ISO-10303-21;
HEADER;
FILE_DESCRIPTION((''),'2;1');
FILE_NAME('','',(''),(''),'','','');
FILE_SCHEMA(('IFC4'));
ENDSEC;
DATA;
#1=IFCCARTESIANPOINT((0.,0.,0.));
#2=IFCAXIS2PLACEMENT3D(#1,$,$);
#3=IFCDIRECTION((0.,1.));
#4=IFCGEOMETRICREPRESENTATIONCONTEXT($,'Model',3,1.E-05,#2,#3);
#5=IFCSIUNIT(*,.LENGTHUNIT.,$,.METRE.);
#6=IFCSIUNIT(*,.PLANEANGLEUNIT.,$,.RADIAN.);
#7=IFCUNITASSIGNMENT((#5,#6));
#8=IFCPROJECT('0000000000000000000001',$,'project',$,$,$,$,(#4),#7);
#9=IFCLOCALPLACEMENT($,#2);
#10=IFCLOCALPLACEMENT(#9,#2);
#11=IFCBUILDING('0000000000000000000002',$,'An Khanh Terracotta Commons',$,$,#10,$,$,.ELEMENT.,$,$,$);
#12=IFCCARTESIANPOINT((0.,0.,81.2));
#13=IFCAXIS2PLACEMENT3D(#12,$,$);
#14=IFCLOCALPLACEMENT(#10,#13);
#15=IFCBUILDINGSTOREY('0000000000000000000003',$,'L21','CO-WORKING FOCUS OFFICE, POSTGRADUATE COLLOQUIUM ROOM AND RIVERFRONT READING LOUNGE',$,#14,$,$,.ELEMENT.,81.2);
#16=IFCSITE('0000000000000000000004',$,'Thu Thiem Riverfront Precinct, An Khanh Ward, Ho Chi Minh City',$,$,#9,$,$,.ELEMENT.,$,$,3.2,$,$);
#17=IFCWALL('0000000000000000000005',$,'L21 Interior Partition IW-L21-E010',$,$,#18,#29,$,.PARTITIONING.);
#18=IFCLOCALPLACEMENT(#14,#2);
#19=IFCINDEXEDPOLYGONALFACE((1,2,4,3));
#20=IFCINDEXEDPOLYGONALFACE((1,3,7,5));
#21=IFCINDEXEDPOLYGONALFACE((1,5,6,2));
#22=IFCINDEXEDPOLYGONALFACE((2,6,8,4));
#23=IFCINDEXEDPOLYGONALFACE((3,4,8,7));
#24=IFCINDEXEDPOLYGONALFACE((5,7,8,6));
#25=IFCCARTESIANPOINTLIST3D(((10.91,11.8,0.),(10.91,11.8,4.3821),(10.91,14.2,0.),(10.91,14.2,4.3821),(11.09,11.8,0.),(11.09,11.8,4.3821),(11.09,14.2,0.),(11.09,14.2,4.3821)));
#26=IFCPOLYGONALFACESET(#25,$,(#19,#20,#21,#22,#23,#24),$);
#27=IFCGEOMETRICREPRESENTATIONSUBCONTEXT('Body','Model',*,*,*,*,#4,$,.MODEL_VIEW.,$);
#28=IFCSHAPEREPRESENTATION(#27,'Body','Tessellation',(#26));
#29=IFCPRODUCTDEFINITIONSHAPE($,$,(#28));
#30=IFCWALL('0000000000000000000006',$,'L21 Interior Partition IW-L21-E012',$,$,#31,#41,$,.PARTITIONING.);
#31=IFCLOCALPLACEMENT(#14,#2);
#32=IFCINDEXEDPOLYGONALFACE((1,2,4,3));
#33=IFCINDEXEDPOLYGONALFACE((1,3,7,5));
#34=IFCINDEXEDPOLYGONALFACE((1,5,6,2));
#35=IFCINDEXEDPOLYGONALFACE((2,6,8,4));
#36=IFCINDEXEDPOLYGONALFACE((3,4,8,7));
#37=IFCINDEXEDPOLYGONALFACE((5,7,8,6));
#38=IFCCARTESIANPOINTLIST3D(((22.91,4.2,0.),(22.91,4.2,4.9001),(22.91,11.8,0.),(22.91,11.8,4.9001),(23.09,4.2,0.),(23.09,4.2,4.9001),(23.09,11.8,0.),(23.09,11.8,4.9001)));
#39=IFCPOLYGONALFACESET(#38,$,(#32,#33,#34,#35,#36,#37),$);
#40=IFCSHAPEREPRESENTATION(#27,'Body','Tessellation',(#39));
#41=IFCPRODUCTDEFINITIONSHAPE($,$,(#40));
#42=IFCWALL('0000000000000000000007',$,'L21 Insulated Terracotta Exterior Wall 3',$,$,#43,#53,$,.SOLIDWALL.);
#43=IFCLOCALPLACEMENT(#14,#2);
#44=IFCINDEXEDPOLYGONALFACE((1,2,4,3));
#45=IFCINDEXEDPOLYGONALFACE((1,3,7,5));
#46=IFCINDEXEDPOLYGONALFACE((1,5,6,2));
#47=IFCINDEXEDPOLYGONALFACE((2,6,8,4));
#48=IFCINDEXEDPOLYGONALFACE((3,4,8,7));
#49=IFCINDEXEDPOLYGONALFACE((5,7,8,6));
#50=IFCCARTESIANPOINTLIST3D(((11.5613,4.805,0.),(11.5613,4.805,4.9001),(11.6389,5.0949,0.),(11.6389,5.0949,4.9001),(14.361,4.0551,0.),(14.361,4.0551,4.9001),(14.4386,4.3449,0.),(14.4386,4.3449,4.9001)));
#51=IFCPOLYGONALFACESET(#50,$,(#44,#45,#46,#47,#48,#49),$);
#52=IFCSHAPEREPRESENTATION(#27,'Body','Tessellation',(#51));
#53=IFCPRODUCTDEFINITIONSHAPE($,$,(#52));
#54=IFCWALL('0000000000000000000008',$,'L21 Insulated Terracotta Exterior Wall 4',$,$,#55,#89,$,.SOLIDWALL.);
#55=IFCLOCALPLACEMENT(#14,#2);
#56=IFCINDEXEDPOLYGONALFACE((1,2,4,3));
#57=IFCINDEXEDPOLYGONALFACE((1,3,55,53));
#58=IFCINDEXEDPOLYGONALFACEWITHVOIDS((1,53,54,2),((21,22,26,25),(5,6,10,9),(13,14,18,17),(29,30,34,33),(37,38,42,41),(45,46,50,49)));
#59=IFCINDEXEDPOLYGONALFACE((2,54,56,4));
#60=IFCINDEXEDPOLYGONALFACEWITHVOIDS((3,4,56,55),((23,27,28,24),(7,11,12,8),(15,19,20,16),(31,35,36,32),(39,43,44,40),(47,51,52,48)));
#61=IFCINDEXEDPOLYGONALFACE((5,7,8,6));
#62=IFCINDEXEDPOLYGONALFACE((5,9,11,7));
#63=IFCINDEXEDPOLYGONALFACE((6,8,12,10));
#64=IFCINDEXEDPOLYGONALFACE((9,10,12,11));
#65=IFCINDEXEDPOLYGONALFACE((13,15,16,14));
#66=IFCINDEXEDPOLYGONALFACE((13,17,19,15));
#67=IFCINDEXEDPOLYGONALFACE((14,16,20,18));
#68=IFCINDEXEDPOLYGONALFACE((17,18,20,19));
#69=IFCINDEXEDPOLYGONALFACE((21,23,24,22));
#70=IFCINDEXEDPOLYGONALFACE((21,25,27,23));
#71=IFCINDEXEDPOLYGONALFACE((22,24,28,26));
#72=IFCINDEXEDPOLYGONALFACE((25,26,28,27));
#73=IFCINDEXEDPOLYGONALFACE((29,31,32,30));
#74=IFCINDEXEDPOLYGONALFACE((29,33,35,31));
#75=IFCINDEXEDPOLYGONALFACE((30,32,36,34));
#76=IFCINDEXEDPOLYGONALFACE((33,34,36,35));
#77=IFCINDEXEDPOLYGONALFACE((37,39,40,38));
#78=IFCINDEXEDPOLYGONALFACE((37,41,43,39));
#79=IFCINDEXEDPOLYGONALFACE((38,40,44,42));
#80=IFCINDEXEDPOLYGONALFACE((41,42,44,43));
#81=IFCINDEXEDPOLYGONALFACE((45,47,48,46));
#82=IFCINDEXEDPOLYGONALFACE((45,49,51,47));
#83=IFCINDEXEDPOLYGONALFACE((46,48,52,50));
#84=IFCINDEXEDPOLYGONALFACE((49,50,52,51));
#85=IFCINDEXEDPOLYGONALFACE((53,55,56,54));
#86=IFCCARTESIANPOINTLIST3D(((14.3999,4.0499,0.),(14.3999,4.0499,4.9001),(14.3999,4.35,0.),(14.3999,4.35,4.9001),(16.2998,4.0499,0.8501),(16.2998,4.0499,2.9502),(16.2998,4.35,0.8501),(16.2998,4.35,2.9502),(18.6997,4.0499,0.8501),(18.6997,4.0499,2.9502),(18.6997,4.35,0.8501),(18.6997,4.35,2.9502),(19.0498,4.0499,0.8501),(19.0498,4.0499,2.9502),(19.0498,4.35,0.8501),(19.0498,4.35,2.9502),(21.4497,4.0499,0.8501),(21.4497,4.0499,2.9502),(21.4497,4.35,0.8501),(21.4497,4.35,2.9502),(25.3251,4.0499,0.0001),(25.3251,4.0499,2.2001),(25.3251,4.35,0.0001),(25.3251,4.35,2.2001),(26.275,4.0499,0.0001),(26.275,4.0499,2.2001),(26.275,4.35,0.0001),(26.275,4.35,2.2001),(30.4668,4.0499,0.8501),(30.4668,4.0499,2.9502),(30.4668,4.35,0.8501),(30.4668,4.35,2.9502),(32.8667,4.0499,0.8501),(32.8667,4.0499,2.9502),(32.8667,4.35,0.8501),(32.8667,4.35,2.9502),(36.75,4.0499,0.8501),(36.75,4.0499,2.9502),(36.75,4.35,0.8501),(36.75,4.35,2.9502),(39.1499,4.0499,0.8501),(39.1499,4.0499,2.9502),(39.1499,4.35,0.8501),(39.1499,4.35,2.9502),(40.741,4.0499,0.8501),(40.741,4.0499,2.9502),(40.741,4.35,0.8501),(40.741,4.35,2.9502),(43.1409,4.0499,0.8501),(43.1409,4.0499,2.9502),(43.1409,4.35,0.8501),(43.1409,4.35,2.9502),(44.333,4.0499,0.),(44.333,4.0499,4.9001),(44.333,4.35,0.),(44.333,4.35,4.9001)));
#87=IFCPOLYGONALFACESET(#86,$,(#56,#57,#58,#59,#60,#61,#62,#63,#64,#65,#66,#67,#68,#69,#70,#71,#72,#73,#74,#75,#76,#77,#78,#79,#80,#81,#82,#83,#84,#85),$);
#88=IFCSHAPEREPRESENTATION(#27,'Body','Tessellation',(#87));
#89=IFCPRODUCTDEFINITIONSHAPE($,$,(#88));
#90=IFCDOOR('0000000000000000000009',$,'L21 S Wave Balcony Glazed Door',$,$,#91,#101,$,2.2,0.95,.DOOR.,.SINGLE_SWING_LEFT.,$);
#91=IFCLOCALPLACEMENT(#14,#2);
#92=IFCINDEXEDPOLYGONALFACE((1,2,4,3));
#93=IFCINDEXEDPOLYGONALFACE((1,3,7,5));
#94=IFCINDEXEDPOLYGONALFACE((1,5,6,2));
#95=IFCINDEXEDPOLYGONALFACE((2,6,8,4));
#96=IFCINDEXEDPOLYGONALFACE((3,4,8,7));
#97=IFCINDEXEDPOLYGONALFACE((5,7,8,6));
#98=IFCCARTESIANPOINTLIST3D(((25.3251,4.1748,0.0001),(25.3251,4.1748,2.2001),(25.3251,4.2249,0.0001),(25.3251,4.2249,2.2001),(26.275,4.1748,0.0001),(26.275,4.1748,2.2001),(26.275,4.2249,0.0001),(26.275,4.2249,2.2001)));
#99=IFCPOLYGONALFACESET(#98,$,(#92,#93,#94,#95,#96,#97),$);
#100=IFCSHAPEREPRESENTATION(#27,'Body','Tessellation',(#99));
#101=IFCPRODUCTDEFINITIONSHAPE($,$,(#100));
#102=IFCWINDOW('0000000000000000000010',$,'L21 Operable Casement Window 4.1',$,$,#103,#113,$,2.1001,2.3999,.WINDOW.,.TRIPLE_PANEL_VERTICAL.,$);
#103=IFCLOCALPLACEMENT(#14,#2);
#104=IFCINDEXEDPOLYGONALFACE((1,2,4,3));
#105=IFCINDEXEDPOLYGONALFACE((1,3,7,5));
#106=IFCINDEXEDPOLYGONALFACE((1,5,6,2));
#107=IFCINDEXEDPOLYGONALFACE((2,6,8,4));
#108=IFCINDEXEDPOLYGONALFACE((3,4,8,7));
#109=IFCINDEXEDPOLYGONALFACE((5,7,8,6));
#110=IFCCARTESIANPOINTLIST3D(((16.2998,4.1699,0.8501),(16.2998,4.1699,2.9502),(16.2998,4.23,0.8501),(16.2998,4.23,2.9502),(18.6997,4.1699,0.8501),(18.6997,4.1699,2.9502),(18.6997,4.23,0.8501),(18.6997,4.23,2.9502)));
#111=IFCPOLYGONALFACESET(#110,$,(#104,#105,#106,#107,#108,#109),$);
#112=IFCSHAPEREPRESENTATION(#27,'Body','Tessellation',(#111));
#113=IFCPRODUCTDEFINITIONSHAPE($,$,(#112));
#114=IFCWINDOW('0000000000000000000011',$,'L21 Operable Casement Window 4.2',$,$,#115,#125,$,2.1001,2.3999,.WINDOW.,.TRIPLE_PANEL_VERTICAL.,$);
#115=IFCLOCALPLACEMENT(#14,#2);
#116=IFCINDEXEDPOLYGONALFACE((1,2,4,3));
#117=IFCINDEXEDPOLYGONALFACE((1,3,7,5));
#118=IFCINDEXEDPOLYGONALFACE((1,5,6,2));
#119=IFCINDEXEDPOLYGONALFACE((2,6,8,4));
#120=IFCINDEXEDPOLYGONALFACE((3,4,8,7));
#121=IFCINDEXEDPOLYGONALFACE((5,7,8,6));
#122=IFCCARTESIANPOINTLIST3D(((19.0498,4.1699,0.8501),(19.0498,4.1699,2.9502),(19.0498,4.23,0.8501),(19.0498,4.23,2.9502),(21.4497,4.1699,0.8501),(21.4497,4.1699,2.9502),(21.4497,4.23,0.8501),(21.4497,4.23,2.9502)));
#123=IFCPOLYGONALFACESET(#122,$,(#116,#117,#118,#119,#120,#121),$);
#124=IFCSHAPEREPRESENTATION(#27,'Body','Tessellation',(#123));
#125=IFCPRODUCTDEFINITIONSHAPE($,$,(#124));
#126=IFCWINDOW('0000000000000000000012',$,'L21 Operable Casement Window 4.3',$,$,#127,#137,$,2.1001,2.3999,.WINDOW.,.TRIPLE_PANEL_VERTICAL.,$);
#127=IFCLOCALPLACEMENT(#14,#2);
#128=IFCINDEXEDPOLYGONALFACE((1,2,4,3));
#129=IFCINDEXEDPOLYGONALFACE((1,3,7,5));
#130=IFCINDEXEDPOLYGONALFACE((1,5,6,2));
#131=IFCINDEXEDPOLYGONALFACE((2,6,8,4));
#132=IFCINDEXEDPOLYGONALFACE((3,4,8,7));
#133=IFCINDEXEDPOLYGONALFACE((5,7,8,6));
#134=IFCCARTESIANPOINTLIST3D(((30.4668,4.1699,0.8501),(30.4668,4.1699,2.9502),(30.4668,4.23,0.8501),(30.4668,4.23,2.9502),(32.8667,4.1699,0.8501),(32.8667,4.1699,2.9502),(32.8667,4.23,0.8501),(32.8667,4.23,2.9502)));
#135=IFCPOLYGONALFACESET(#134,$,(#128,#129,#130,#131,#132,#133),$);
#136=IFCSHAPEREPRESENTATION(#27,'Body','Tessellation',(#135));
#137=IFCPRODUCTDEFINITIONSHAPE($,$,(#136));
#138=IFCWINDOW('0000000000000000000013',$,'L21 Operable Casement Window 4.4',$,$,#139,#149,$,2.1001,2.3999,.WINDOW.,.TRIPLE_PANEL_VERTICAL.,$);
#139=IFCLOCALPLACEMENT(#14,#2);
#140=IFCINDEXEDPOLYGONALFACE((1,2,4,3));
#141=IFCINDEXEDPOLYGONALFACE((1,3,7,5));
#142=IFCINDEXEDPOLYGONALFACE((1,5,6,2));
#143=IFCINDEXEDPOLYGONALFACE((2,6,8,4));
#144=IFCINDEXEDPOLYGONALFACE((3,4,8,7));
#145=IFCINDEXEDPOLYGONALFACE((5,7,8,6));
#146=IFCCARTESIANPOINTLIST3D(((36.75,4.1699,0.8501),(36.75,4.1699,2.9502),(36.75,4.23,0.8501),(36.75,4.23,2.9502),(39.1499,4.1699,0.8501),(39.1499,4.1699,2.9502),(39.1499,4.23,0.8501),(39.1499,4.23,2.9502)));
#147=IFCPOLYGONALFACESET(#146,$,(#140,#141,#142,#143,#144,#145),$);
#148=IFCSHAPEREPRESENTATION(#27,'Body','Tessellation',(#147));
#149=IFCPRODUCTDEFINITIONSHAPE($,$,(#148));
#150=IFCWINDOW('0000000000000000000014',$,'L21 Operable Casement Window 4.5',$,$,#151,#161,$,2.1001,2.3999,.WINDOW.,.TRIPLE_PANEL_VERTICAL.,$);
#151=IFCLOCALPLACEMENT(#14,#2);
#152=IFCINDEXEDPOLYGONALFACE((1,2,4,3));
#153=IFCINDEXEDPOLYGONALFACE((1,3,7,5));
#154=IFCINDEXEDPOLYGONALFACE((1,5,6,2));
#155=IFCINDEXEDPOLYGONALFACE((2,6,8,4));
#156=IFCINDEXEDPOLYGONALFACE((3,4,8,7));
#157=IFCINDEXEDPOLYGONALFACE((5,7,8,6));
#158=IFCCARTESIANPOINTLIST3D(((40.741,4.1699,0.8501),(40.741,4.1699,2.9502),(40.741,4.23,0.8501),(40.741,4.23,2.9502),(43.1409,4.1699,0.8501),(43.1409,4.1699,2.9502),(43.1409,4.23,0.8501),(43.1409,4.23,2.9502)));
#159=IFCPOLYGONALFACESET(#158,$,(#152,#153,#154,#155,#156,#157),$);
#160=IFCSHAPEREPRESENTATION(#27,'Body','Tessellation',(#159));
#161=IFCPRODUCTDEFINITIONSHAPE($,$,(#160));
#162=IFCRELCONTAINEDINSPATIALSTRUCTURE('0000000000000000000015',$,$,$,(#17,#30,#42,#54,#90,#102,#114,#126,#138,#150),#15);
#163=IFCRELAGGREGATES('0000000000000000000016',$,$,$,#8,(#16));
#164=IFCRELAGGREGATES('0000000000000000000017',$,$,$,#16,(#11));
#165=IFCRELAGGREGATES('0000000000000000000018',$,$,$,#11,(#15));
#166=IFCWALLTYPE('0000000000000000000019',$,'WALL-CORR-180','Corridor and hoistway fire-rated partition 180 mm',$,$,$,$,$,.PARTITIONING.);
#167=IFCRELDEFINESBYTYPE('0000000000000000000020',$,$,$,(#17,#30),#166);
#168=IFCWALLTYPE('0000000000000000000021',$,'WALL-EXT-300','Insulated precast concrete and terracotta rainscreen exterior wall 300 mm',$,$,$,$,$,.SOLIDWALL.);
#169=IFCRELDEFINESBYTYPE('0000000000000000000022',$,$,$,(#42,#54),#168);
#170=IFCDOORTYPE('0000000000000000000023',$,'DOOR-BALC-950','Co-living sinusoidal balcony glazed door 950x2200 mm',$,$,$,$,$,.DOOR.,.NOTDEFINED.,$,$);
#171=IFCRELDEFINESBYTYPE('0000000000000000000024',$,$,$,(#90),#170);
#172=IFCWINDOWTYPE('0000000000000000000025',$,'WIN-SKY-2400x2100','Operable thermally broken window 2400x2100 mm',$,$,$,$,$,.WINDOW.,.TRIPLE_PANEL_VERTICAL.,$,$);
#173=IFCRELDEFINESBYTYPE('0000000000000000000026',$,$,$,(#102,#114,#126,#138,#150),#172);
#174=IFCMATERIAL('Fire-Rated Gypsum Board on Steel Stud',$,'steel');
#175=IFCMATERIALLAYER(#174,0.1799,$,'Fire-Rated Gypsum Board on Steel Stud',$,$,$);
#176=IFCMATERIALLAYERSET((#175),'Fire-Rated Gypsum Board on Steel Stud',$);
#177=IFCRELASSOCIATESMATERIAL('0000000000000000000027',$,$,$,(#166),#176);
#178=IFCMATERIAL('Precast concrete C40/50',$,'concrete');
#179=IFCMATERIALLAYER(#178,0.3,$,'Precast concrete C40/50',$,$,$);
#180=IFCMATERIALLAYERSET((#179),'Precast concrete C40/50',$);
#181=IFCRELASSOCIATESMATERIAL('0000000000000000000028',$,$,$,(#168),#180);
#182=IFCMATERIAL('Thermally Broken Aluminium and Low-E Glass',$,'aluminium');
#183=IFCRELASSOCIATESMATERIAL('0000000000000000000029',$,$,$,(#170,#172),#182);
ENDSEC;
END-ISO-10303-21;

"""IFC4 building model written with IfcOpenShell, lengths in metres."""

from ifc_helpers import new_model, si_unit, direction, frame, frame_2d, origin, place, context, subcontext, project, spatial, rectangle, extrude, material, layer, layer_set, type_object, element, fill, save


model = new_model("IFC4")

# Units and contexts
model_context = context("Model", 3, precision=1e-05, world=origin(), true_north=direction((0.0, 1.0)))
body_context = subcontext(model_context, "Body", "Model", "MODEL_VIEW")
ifc_project = project(units=[si_unit("LENGTHUNIT", "METRE"), si_unit("PLANEANGLEUNIT", "RADIAN")], contexts=[model_context])

# Site, building, storey
site_placement = place(None, origin())
site = spatial("IfcSite", under=ifc_project, at=site_placement, Name="Thu Thiem Riverfront Precinct, An Khanh Ward, Ho Chi Minh City", CompositionType="ELEMENT", RefElevation=3.2)
building_placement = place(site_placement, origin())
building = spatial("IfcBuilding", under=site, at=building_placement, Name="An Khanh Terracotta Commons", CompositionType="ELEMENT")
storey_placement = place(building_placement, frame((0.0, 0.0, 81.2)))
storey = spatial("IfcBuildingStorey", under=building, at=storey_placement, Name="L21", Description="CO-WORKING FOCUS OFFICE, POSTGRADUATE COLLOQUIUM ROOM AND RIVERFRONT READING LOUNGE", CompositionType="ELEMENT", Elevation=81.2)

# Walls
ifc_material_1 = material(Name="Fire-Rated Gypsum Board on Steel Stud", Category="steel")
ifc_layer_1 = layer(ifc_material_1, 0.1799, Name="Fire-Rated Gypsum Board on Steel Stud")
ifc_layer_set_1 = layer_set([ifc_layer_1], Name="Fire-Rated Gypsum Board on Steel Stud")
wall_type_1 = type_object("IfcWallType", Name="WALL-CORR-180", Description="Corridor and hoistway fire-rated partition 180 mm", PredefinedType="PARTITIONING", material=ifc_layer_set_1)
wall_1_placement = place(storey_placement, frame((11.0, 11.8, 0.0), z_axis=(0.0, 0.0, 1.0), x_axis=(0.0, 1.0, 0.0)))
element("IfcWall", 1, at=wall_1_placement, inside=storey, type_object=wall_type_1, Name="L21 Interior Partition IW-L21-E010", PredefinedType="PARTITIONING", context=body_context, shape_type="SweptSolid", body=[
    extrude(rectangle(XDim=2.3999, YDim=0.1799, at=frame_2d((1.2, 0.0))), origin(), (0.0, 0.0, 1.0), 4.3821),
])
wall_2_placement = place(storey_placement, frame((23.0, 4.2, 0.0), z_axis=(0.0, 0.0, 1.0), x_axis=(0.0, 1.0, 0.0)))
element("IfcWall", 2, at=wall_2_placement, inside=storey, type_object=wall_type_1, Name="L21 Interior Partition IW-L21-E012", PredefinedType="PARTITIONING", context=body_context, shape_type="SweptSolid", body=[
    extrude(rectangle(XDim=7.6001, YDim=0.1799, at=frame_2d((3.8, 0.0))), origin(), (0.0, 0.0, 1.0), 4.9001),
])
ifc_material_2 = material(Name="Precast concrete C40/50", Category="concrete")
ifc_layer_2 = layer(ifc_material_2, 0.3, Name="Precast concrete C40/50")
ifc_layer_set_2 = layer_set([ifc_layer_2], Name="Precast concrete C40/50")
wall_type_2 = type_object("IfcWallType", Name="WALL-EXT-300", Description="Insulated precast concrete and terracotta rainscreen exterior wall 300 mm", PredefinedType="SOLIDWALL", material=ifc_layer_set_2)
wall_3_placement = place(storey_placement, frame((11.6001, 4.95, 0.0), z_axis=(0.0, 0.0, 1.0), x_axis=(0.965944, -0.258753, 0.0)))
element("IfcWall", 3, at=wall_3_placement, inside=storey, type_object=wall_type_2, Name="L21 Insulated Terracotta Exterior Wall 3", PredefinedType="SOLIDWALL", context=body_context, shape_type="SweptSolid", body=[
    extrude(rectangle(XDim=2.8984, YDim=0.3, at=frame_2d((1.4492, 0.0))), origin(), (0.0, 0.0, 1.0), 4.9001),
])

# Wall, openings, door, windows
wall_4_placement = place(storey_placement, frame((14.3999, 4.2, 0.0), z_axis=(0.0, 0.0, 1.0), x_axis=(1.0, 0.0, 0.0)))
wall_4 = element("IfcWall", 4, at=wall_4_placement, inside=storey, type_object=wall_type_2, Name="L21 Insulated Terracotta Exterior Wall 4", PredefinedType="SOLIDWALL", context=body_context, shape_type="SweptSolid", body=[
    extrude(rectangle(XDim=29.9331, YDim=0.3, at=frame_2d((14.9666, 0.0))), origin(), (0.0, 0.0, 1.0), 4.9001),
])
opening_1_placement = place(wall_4_placement, frame((10.925, 0.0, 0.0)))
opening_1 = element("IfcOpeningElement", 5, at=opening_1_placement, cuts=wall_4, PredefinedType="OPENING", context=body_context, shape_type="SweptSolid", body=[
    extrude(rectangle(XDim=0.95, YDim=2.2, at=frame_2d((0.4751, 1.1001))), frame((0.0, 0.1599, 0.0), z_axis=(0.0, -1.0, 0.0), x_axis=(1.0, 0.0, 0.0)), (0.0, 0.0, 1.0), 0.3201),
])
opening_2_placement = place(wall_4_placement, frame((1.8999, 0.0, 0.8501)))
opening_2 = element("IfcOpeningElement", 6, at=opening_2_placement, cuts=wall_4, PredefinedType="OPENING", context=body_context, shape_type="SweptSolid", body=[
    extrude(rectangle(XDim=2.3999, YDim=2.1001, at=frame_2d((1.2, 1.05))), frame((0.0, 0.1599, 0.0), z_axis=(0.0, -1.0, 0.0), x_axis=(1.0, 0.0, 0.0)), (0.0, 0.0, 1.0), 0.3201),
])
opening_3_placement = place(wall_4_placement, frame((4.6499, 0.0, 0.8501)))
opening_3 = element("IfcOpeningElement", 7, at=opening_3_placement, cuts=wall_4, PredefinedType="OPENING", context=body_context, shape_type="SweptSolid", body=[
    extrude(rectangle(XDim=2.3999, YDim=2.1001, at=frame_2d((1.2, 1.05))), frame((0.0, 0.1599, 0.0), z_axis=(0.0, -1.0, 0.0), x_axis=(1.0, 0.0, 0.0)), (0.0, 0.0, 1.0), 0.3201),
])
opening_4_placement = place(wall_4_placement, frame((16.0669, 0.0, 0.8501)))
opening_4 = element("IfcOpeningElement", 8, at=opening_4_placement, cuts=wall_4, PredefinedType="OPENING", context=body_context, shape_type="SweptSolid", body=[
    extrude(rectangle(XDim=2.3999, YDim=2.1001, at=frame_2d((1.2, 1.05))), frame((0.0, 0.1599, 0.0), z_axis=(0.0, -1.0, 0.0), x_axis=(1.0, 0.0, 0.0)), (0.0, 0.0, 1.0), 0.3201),
])
opening_5_placement = place(wall_4_placement, frame((22.3501, 0.0, 0.8501)))
opening_5 = element("IfcOpeningElement", 9, at=opening_5_placement, cuts=wall_4, PredefinedType="OPENING", context=body_context, shape_type="SweptSolid", body=[
    extrude(rectangle(XDim=2.3999, YDim=2.1001, at=frame_2d((1.2, 1.05))), frame((0.0, 0.1599, 0.0), z_axis=(0.0, -1.0, 0.0), x_axis=(1.0, 0.0, 0.0)), (0.0, 0.0, 1.0), 0.3201),
])
opening_6_placement = place(wall_4_placement, frame((26.3411, 0.0, 0.8501)))
opening_6 = element("IfcOpeningElement", 10, at=opening_6_placement, cuts=wall_4, PredefinedType="OPENING", context=body_context, shape_type="SweptSolid", body=[
    extrude(rectangle(XDim=2.3999, YDim=2.1001, at=frame_2d((1.2, 1.05))), frame((0.0, 0.1599, 0.0), z_axis=(0.0, -1.0, 0.0), x_axis=(1.0, 0.0, 0.0)), (0.0, 0.0, 1.0), 0.3201),
])
ifc_material_3 = material(Name="Thermally Broken Aluminium and Low-E Glass", Category="aluminium")
door_type = type_object("IfcDoorType", Name="DOOR-BALC-950", Description="Co-living sinusoidal balcony glazed door 950x2200 mm", OperationType="NOTDEFINED", PredefinedType="DOOR", material=ifc_material_3)
door_placement = place(opening_1_placement, origin())
door = element("IfcDoor", 11, at=door_placement, inside=storey, type_object=door_type, Name="L21 S Wave Balcony Glazed Door", OperationType="SINGLE_SWING_LEFT", OverallHeight=2.2, OverallWidth=0.95, PredefinedType="DOOR", context=body_context, shape_type="SweptSolid", body=[
    extrude(rectangle(XDim=0.95, YDim=2.2, at=frame_2d((0.4751, 1.1001))), frame((0.0, 0.0249, 0.0), z_axis=(0.0, -1.0, 0.0), x_axis=(1.0, 0.0, 0.0)), (0.0, 0.0, 1.0), 0.05),
])
fill(opening_1, door)
window_type = type_object("IfcWindowType", Name="WIN-SKY-2400x2100", Description="Operable thermally broken window 2400x2100 mm", PartitioningType="TRIPLE_PANEL_VERTICAL", PredefinedType="WINDOW", material=ifc_material_3)
window_1_placement = place(opening_2_placement, origin())
window_1 = element("IfcWindow", 12, at=window_1_placement, inside=storey, type_object=window_type, Name="L21 Operable Casement Window 4.1", OverallHeight=2.1001, OverallWidth=2.3999, PartitioningType="TRIPLE_PANEL_VERTICAL", PredefinedType="WINDOW", context=body_context, shape_type="SweptSolid", body=[
    extrude(rectangle(XDim=2.3999, YDim=2.1001, at=frame_2d((1.2, 1.05))), frame((0.0, 0.03, 0.0), z_axis=(0.0, -1.0, 0.0), x_axis=(1.0, 0.0, 0.0)), (0.0, 0.0, 1.0), 0.0601),
])
fill(opening_2, window_1)
window_2_placement = place(opening_3_placement, origin())
window_2 = element("IfcWindow", 13, at=window_2_placement, inside=storey, type_object=window_type, Name="L21 Operable Casement Window 4.2", OverallHeight=2.1001, OverallWidth=2.3999, PartitioningType="TRIPLE_PANEL_VERTICAL", PredefinedType="WINDOW", context=body_context, shape_type="SweptSolid", body=[
    extrude(rectangle(XDim=2.3999, YDim=2.1001, at=frame_2d((1.2, 1.05))), frame((0.0, 0.03, 0.0), z_axis=(0.0, -1.0, 0.0), x_axis=(1.0, 0.0, 0.0)), (0.0, 0.0, 1.0), 0.0601),
])
fill(opening_3, window_2)
window_3_placement = place(opening_4_placement, origin())
window_3 = element("IfcWindow", 14, at=window_3_placement, inside=storey, type_object=window_type, Name="L21 Operable Casement Window 4.3", OverallHeight=2.1001, OverallWidth=2.3999, PartitioningType="TRIPLE_PANEL_VERTICAL", PredefinedType="WINDOW", context=body_context, shape_type="SweptSolid", body=[
    extrude(rectangle(XDim=2.3999, YDim=2.1001, at=frame_2d((1.2, 1.05))), frame((0.0, 0.03, 0.0), z_axis=(0.0, -1.0, 0.0), x_axis=(1.0, 0.0, 0.0)), (0.0, 0.0, 1.0), 0.0601),
])
fill(opening_4, window_3)
window_4_placement = place(opening_5_placement, origin())
window_4 = element("IfcWindow", 15, at=window_4_placement, inside=storey, type_object=window_type, Name="L21 Operable Casement Window 4.4", OverallHeight=2.1001, OverallWidth=2.3999, PartitioningType="TRIPLE_PANEL_VERTICAL", PredefinedType="WINDOW", context=body_context, shape_type="SweptSolid", body=[
    extrude(rectangle(XDim=2.3999, YDim=2.1001, at=frame_2d((1.2, 1.05))), frame((0.0, 0.03, 0.0), z_axis=(0.0, -1.0, 0.0), x_axis=(1.0, 0.0, 0.0)), (0.0, 0.0, 1.0), 0.0601),
])
fill(opening_5, window_4)
window_5_placement = place(opening_6_placement, origin())
window_5 = element("IfcWindow", 16, at=window_5_placement, inside=storey, type_object=window_type, Name="L21 Operable Casement Window 4.5", OverallHeight=2.1001, OverallWidth=2.3999, PartitioningType="TRIPLE_PANEL_VERTICAL", PredefinedType="WINDOW", context=body_context, shape_type="SweptSolid", body=[
    extrude(rectangle(XDim=2.3999, YDim=2.1001, at=frame_2d((1.2, 1.05))), frame((0.0, 0.03, 0.0), z_axis=(0.0, -1.0, 0.0), x_axis=(1.0, 0.0, 0.0)), (0.0, 0.0, 1.0), 0.0601),
])
fill(opening_6, window_5)

save(model, "model.ifc")
